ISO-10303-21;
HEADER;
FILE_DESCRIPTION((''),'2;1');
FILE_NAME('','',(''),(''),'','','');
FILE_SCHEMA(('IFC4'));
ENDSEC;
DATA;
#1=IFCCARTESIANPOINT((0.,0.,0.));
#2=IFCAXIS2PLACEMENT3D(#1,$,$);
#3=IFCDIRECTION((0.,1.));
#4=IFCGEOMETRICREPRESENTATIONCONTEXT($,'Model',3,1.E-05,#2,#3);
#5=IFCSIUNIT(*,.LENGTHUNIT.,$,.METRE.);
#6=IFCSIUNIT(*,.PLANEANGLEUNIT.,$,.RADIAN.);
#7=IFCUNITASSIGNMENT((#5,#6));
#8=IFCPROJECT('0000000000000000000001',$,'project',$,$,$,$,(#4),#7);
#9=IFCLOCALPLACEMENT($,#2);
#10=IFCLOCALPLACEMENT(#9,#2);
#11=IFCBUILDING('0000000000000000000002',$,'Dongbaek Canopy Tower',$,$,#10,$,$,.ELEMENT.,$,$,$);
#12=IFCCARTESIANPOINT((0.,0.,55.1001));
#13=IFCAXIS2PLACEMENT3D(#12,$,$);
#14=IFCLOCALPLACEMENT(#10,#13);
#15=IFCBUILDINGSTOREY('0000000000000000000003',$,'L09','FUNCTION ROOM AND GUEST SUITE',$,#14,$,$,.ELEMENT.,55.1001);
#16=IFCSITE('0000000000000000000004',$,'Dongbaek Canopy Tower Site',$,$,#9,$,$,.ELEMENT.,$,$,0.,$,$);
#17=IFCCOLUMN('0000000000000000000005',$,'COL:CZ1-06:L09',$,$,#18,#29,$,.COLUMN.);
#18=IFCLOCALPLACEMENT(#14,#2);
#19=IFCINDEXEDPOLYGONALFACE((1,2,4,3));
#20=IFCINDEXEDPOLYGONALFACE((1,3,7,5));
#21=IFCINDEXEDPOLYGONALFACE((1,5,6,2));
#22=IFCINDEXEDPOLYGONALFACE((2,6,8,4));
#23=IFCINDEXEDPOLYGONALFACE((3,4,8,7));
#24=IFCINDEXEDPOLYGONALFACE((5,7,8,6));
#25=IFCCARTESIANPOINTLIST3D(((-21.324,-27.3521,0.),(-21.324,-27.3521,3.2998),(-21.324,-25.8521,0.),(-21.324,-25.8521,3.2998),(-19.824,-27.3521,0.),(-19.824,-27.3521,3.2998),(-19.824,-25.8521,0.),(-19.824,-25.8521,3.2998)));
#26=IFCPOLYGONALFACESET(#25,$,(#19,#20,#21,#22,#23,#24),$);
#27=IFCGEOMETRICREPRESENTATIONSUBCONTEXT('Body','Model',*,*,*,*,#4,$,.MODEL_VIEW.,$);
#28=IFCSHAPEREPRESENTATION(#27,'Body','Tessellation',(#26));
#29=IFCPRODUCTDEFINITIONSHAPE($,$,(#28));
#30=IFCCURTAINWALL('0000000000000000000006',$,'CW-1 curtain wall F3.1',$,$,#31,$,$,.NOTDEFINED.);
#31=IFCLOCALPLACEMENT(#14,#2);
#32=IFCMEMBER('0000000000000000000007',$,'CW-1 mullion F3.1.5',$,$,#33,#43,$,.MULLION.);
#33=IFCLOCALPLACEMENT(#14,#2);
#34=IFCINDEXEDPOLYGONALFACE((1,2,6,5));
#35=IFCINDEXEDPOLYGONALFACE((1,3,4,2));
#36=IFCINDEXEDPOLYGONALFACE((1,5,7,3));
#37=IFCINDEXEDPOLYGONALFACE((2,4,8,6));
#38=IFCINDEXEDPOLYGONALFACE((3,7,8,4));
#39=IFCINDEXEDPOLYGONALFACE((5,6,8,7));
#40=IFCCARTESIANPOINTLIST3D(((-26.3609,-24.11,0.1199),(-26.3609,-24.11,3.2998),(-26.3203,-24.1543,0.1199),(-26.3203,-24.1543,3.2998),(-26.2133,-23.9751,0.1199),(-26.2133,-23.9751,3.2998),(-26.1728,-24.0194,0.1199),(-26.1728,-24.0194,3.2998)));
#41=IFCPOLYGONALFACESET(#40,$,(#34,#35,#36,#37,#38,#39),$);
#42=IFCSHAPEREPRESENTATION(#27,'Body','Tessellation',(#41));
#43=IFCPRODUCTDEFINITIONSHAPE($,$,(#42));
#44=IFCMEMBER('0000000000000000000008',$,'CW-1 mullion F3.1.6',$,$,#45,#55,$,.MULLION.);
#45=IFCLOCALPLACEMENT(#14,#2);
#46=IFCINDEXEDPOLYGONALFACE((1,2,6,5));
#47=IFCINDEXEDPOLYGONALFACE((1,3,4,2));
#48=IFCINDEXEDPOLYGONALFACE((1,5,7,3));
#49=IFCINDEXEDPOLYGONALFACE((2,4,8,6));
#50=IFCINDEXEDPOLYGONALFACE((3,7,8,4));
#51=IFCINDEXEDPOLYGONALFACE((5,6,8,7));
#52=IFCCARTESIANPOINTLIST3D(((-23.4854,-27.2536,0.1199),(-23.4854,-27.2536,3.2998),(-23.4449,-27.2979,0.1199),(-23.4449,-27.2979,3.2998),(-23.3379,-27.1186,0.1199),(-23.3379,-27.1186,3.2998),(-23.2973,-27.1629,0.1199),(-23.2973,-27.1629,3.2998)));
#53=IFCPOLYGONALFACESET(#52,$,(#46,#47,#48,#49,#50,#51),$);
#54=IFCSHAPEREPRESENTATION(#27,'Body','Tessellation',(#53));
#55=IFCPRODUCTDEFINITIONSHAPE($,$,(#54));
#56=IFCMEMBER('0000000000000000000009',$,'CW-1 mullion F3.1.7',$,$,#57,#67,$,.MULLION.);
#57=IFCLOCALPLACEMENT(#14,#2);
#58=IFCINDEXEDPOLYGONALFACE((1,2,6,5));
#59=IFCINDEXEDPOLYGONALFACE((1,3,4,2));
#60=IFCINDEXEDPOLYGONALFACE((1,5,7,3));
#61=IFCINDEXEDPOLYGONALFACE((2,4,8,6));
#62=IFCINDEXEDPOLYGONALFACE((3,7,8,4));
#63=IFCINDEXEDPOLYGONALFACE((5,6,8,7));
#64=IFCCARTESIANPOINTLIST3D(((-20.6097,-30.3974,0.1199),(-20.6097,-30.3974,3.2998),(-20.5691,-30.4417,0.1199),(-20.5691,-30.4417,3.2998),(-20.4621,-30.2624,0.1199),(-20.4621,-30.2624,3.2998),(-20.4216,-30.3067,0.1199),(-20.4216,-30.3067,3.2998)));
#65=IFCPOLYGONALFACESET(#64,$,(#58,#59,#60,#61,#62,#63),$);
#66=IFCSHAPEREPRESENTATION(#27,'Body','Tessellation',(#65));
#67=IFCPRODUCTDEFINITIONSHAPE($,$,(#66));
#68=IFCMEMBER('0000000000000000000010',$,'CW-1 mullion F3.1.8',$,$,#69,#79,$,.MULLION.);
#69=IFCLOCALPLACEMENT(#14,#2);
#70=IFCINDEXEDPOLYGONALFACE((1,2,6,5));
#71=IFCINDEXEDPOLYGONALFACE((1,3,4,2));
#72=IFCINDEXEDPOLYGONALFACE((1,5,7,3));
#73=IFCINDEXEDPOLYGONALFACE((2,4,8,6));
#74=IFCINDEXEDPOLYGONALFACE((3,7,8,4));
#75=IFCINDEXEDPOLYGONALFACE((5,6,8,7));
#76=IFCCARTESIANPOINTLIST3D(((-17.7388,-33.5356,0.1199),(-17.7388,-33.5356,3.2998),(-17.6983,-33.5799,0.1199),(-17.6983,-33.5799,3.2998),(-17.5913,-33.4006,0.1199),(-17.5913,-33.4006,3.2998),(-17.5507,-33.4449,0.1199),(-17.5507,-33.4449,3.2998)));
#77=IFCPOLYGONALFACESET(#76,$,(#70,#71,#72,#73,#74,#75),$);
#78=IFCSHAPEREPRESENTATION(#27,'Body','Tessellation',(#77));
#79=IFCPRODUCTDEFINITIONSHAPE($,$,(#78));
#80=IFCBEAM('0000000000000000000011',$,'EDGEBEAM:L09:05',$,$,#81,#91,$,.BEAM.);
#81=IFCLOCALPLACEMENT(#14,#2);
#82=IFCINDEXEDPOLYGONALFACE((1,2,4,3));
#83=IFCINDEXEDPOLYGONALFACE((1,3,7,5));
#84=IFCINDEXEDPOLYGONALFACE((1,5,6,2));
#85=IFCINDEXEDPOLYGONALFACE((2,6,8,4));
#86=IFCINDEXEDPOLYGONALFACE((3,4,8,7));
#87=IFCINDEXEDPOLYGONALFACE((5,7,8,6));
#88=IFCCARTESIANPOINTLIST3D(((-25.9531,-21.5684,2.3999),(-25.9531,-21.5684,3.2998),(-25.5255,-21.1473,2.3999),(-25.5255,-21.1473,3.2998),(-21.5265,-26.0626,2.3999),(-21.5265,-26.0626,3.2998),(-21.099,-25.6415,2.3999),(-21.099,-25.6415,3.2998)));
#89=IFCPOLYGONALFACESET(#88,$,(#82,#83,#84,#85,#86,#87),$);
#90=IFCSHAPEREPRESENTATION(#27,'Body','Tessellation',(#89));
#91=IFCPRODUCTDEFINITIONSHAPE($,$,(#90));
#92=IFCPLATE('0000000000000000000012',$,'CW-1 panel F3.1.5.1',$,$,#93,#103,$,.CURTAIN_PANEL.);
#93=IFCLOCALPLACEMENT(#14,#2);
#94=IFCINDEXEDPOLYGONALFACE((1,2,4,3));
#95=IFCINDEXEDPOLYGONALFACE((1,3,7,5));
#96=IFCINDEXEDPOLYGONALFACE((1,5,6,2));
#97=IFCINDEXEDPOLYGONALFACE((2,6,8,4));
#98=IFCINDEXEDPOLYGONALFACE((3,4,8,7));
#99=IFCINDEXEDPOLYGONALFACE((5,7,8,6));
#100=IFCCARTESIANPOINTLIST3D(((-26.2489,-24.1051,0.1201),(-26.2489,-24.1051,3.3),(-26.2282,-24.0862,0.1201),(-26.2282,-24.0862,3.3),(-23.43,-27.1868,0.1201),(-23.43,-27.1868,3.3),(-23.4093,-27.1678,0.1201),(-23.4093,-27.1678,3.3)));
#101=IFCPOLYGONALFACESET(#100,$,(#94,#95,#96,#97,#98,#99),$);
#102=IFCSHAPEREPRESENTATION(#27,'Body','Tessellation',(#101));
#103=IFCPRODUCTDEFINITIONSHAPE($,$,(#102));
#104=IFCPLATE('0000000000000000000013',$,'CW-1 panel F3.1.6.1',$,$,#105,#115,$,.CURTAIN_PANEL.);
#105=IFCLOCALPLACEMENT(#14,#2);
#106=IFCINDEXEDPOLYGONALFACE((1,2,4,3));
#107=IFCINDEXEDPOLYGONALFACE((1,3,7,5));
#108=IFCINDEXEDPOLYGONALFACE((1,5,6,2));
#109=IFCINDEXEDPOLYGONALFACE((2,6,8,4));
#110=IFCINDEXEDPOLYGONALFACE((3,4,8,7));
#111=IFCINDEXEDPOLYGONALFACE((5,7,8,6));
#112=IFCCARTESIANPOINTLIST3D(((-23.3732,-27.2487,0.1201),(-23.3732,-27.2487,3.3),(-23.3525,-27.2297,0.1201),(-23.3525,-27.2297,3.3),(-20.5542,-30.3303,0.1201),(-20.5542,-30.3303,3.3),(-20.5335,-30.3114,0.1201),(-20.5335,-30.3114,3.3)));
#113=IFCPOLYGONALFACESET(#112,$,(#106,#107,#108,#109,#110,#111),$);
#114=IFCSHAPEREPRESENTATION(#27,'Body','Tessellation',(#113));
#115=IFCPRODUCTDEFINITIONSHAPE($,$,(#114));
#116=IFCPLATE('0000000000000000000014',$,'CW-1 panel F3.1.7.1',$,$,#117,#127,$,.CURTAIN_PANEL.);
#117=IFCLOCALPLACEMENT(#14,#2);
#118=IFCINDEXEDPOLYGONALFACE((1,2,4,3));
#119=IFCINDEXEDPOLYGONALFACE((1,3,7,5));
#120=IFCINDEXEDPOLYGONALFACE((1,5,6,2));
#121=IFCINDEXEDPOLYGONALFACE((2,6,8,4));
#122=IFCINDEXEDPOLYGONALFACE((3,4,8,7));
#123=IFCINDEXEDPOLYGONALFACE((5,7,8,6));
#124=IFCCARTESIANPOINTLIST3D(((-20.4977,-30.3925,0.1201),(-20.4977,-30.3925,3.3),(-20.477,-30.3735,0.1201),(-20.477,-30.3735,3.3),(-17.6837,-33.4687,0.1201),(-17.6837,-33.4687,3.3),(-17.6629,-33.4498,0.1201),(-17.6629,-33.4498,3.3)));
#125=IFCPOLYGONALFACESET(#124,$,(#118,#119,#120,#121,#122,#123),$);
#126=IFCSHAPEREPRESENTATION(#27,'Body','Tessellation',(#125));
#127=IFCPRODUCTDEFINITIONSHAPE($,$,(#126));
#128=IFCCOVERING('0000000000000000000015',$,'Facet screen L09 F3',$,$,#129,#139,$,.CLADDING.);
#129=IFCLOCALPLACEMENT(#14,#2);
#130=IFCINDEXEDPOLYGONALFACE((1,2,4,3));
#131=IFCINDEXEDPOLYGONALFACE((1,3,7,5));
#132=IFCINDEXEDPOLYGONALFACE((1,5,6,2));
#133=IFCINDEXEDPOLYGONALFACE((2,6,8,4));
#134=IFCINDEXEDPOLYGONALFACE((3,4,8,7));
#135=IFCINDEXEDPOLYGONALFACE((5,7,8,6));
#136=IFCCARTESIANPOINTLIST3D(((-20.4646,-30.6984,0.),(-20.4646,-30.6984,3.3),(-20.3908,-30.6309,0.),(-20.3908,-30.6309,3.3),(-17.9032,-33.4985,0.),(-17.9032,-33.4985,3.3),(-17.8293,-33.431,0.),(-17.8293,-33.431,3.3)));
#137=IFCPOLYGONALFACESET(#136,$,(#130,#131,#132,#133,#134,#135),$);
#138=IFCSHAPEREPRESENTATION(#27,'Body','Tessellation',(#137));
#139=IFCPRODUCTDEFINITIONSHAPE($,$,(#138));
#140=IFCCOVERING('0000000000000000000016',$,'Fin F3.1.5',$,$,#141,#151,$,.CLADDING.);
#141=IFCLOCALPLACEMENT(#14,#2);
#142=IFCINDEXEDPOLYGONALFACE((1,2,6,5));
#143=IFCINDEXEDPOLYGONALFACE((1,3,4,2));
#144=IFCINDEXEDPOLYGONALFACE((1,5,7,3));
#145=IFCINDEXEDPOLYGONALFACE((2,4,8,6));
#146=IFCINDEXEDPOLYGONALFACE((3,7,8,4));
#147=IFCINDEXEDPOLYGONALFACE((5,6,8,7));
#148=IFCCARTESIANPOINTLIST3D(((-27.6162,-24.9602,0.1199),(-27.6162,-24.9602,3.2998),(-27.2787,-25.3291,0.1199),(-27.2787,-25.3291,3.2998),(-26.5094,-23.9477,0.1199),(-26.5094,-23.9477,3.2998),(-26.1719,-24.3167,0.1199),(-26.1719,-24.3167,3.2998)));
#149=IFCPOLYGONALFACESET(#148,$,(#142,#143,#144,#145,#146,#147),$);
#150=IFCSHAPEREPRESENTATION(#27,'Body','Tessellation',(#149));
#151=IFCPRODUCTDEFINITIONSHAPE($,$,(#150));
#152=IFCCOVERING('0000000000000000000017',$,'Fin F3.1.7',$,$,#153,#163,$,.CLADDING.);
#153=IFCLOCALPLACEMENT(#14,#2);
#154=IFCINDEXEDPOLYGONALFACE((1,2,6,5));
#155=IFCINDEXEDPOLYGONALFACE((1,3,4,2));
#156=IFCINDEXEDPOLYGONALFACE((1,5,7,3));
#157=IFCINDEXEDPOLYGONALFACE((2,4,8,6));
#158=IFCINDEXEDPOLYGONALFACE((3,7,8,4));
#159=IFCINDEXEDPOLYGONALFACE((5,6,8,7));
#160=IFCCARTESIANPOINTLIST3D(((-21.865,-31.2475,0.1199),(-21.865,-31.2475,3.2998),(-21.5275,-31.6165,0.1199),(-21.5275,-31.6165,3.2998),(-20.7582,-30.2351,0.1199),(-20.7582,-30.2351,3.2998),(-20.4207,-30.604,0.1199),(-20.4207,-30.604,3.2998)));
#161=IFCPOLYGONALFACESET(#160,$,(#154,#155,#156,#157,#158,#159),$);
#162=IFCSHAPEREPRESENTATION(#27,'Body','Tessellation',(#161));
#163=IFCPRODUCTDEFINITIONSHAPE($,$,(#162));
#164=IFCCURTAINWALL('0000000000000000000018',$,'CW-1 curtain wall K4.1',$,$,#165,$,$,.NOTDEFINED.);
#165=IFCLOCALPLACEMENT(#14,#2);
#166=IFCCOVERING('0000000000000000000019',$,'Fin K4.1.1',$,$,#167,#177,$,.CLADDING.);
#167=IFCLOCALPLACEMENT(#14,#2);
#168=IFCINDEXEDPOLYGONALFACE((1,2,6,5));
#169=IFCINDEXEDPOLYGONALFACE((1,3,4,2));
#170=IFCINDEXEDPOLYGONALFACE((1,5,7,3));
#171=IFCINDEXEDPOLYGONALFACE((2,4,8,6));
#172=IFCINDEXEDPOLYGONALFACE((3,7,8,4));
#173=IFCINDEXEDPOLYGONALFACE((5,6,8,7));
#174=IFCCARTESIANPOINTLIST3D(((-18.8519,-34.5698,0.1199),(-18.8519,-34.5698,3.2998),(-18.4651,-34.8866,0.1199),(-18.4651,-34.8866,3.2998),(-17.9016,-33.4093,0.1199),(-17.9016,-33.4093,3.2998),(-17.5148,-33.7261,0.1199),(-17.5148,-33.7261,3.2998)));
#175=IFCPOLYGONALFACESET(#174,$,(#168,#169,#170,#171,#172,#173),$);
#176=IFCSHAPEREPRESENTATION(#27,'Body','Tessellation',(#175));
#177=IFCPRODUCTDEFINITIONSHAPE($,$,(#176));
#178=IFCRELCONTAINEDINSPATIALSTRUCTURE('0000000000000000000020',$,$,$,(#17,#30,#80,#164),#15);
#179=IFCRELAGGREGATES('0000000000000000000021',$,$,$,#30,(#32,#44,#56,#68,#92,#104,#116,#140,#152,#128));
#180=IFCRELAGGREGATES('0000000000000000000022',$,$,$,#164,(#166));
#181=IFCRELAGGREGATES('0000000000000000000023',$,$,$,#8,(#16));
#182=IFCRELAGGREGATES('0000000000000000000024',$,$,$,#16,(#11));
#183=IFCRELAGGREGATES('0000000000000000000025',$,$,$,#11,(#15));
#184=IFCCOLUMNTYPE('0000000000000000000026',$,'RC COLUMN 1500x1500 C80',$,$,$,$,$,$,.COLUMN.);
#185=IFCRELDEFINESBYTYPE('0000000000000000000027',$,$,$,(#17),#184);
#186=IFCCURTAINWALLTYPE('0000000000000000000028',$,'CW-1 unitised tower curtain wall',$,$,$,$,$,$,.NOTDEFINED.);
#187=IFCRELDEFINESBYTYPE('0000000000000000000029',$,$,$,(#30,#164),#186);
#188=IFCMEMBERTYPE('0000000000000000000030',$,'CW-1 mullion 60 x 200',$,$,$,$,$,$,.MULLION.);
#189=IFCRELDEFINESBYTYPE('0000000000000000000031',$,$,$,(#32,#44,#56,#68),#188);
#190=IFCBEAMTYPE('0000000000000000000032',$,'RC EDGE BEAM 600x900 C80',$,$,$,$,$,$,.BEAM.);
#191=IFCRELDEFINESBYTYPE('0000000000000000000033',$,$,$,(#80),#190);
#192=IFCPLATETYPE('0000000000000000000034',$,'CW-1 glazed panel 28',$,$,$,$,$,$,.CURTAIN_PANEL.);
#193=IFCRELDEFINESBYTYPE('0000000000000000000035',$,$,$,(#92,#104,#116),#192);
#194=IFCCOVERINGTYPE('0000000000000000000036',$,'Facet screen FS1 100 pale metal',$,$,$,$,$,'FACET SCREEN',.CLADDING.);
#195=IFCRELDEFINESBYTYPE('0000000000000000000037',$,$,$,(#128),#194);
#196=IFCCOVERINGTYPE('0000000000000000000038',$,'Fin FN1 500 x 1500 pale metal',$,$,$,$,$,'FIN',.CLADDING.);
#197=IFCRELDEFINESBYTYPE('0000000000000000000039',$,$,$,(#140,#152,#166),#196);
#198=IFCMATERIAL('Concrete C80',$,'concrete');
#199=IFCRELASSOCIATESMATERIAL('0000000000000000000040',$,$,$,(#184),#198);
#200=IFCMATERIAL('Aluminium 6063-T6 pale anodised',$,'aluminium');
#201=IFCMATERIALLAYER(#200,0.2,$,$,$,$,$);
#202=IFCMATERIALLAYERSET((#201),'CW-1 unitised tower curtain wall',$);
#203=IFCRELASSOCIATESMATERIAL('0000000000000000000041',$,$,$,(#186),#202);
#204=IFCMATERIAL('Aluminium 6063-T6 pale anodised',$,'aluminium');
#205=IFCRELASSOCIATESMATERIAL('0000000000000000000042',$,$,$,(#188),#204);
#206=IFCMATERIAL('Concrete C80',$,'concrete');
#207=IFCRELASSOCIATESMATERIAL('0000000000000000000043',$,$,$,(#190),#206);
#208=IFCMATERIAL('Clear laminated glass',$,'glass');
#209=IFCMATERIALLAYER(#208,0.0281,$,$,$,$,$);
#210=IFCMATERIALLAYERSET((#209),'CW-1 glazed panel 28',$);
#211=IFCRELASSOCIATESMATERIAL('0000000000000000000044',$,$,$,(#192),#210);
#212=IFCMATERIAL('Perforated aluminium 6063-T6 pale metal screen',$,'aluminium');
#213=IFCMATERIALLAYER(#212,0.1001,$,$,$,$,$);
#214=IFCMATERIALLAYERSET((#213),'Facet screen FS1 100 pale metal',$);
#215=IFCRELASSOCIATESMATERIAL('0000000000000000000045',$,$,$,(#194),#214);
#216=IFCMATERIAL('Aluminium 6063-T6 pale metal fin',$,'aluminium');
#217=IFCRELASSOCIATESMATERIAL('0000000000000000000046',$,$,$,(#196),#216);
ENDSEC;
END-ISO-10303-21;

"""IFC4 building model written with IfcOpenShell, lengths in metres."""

from ifc_helpers import new_model, si_unit, direction, frame, origin, origin_2d, place, context, subcontext, project, spatial, rectangle, extrude, material, layer, layer_set, material_profile, profile_set, type_object, element, aggregate, save


model = new_model("IFC4")

# Units and contexts
model_context = context("Model", 3, precision=1e-05, world=origin(), true_north=direction((0.0, 1.0)))
body_context = subcontext(model_context, "Body", "Model", "MODEL_VIEW")
ifc_project = project(units=[si_unit("LENGTHUNIT", "METRE"), si_unit("PLANEANGLEUNIT", "RADIAN")], contexts=[model_context])

# Site, building, storey
site_placement = place(None, origin())
site = spatial("IfcSite", under=ifc_project, at=site_placement, Name="Dongbaek Canopy Tower Site", CompositionType="ELEMENT", RefElevation=0.0)
building_placement = place(site_placement, origin())
building = spatial("IfcBuilding", under=site, at=building_placement, Name="Dongbaek Canopy Tower", CompositionType="ELEMENT")
storey_placement = place(building_placement, frame((0.0, 0.0, 55.1001)))
storey = spatial("IfcBuildingStorey", under=building, at=storey_placement, Name="L09", Description="FUNCTION ROOM AND GUEST SUITE", CompositionType="ELEMENT", Elevation=55.1001)

# Column
ifc_material_1 = material(Name="Concrete C80", Category="concrete")
ifc_material_profile_1 = material_profile(ifc_material_1, rectangle(XDim=1.5, YDim=1.5, at=origin_2d()), Name="RC COLUMN 1500x1500 C80")
ifc_profile_set_1 = profile_set([ifc_material_profile_1], Name="Concrete C80")
column_type = type_object("IfcColumnType", Name="RC COLUMN 1500x1500 C80", PredefinedType="COLUMN", material=ifc_profile_set_1)
column_placement = place(storey_placement, frame((-20.574, -26.6021, 0.0), z_axis=(0.0, 0.0, 1.0), x_axis=(1.0, 0.0, 0.0)))
element("IfcColumn", 1, at=column_placement, inside=storey, type_object=column_type, Name="COL:CZ1-06:L09", PredefinedType="COLUMN", context=body_context, shape_type="SweptSolid", body=[
    extrude(rectangle(XDim=1.5, YDim=1.5, at=origin_2d()), origin(), (0.0, 0.0, 1.0), 3.2998),
])

# Curtain wall, members
ifc_material_2 = material(Name="Aluminium 6063-T6 pale anodised", Category="aluminium")
ifc_layer_1 = layer(ifc_material_2, 0.2)
ifc_layer_set_1 = layer_set([ifc_layer_1], Name="CW-1 unitised tower curtain wall")
curtain_wall_type = type_object("IfcCurtainWallType", Name="CW-1 unitised tower curtain wall", PredefinedType="NOTDEFINED", material=ifc_layer_set_1)
curtain_wall_1_placement = place(storey_placement, origin())
curtain_wall_1 = element("IfcCurtainWall", 2, at=curtain_wall_1_placement, inside=storey, type_object=curtain_wall_type, Name="CW-1 curtain wall F3.1", PredefinedType="NOTDEFINED")
ifc_material_3 = material(Name="Aluminium 6063-T6 pale anodised", Category="aluminium")
ifc_material_profile_2 = material_profile(ifc_material_3, rectangle(XDim=0.2, YDim=0.0601, at=origin_2d()), Name="CW-1 mullion 60 x 200")
ifc_profile_set_2 = profile_set([ifc_material_profile_2], Name="Aluminium 6063-T6 pale anodised")
member_type = type_object("IfcMemberType", Name="CW-1 mullion 60 x 200", PredefinedType="MULLION", material=ifc_profile_set_2)
member_1_placement = place(storey_placement, frame((-26.2668, -24.0647, 0.1199), z_axis=(0.0, 0.0, 1.0), x_axis=(-0.737855, -0.674959, 0.0)))
member_1 = element("IfcMember", 3, at=member_1_placement, type_object=member_type, Name="CW-1 mullion F3.1.5", PredefinedType="MULLION", context=body_context, shape_type="SweptSolid", body=[
    extrude(rectangle(XDim=0.2, YDim=0.0601, at=origin_2d()), origin(), (0.0, 0.0, 1.0), 3.1799),
])
member_2_placement = place(storey_placement, frame((-23.3914, -27.2083, 0.1199), z_axis=(0.0, 0.0, 1.0), x_axis=(-0.737855, -0.674959, 0.0)))
member_2 = element("IfcMember", 4, at=member_2_placement, type_object=member_type, Name="CW-1 mullion F3.1.6", PredefinedType="MULLION", context=body_context, shape_type="SweptSolid", body=[
    extrude(rectangle(XDim=0.2, YDim=0.0601, at=origin_2d()), origin(), (0.0, 0.0, 1.0), 3.1799),
])
member_3_placement = place(storey_placement, frame((-20.5156, -30.3521, 0.1199), z_axis=(0.0, 0.0, 1.0), x_axis=(-0.737855, -0.674959, 0.0)))
member_3 = element("IfcMember", 5, at=member_3_placement, type_object=member_type, Name="CW-1 mullion F3.1.7", PredefinedType="MULLION", context=body_context, shape_type="SweptSolid", body=[
    extrude(rectangle(XDim=0.2, YDim=0.0601, at=origin_2d()), origin(), (0.0, 0.0, 1.0), 3.1799),
])
member_4_placement = place(storey_placement, frame((-17.6448, -33.4902, 0.1199), z_axis=(0.0, 0.0, 1.0), x_axis=(-0.737855, -0.674959, 0.0)))
member_4 = element("IfcMember", 6, at=member_4_placement, type_object=member_type, Name="CW-1 mullion F3.1.8", PredefinedType="MULLION", context=body_context, shape_type="SweptSolid", body=[
    extrude(rectangle(XDim=0.2, YDim=0.0601, at=origin_2d()), origin(), (0.0, 0.0, 1.0), 3.1799),
])

# Beam
ifc_material_4 = material(Name="Concrete C80", Category="concrete")
ifc_material_profile_3 = material_profile(ifc_material_4, rectangle(XDim=0.6001, YDim=0.8999, at=origin_2d()), Name="RC EDGE BEAM 600x900 C80")
ifc_profile_set_3 = profile_set([ifc_material_profile_3], Name="Concrete C80")
beam_type = type_object("IfcBeamType", Name="RC EDGE BEAM 600x900 C80", PredefinedType="BEAM", material=ifc_profile_set_3)
beam_placement = place(storey_placement, frame((-21.3127, -25.8521, 2.8499), z_axis=(-0.701726, 0.712447, 0.0), x_axis=(-0.712447, -0.701726, 0.0)))
element("IfcBeam", 7, at=beam_placement, inside=storey, type_object=beam_type, Name="EDGEBEAM:L09:05", PredefinedType="BEAM", context=body_context, shape_type="SweptSolid", body=[
    extrude(rectangle(XDim=0.6001, YDim=0.8999, at=origin_2d()), origin(), (0.0, 0.0, 1.0), 6.3081),
])

# Plates
ifc_material_5 = material(Name="Clear laminated glass", Category="glass")
ifc_layer_2 = layer(ifc_material_5, 0.0281)
ifc_layer_set_2 = layer_set([ifc_layer_2], Name="CW-1 glazed panel 28")
plate_type = type_object("IfcPlateType", Name="CW-1 glazed panel 28", PredefinedType="CURTAIN_PANEL", material=ifc_layer_set_2)
plate_1_placement = place(storey_placement, frame((-24.8291, -25.6365, 0.1201), z_axis=(0.0, 0.0, 1.0), x_axis=(0.674959, -0.737855, 0.0)))
plate_1 = element("IfcPlate", 8, at=plate_1_placement, type_object=plate_type, Name="CW-1 panel F3.1.5.1", PredefinedType="CURTAIN_PANEL", context=body_context, shape_type="SweptSolid", body=[
    extrude(rectangle(XDim=4.1765, YDim=0.0281, at=origin_2d()), origin(), (0.0, 0.0, 1.0), 3.1799),
])
plate_2_placement = place(storey_placement, frame((-21.9534, -28.78, 0.1201), z_axis=(0.0, 0.0, 1.0), x_axis=(0.674959, -0.737855, 0.0)))
plate_2 = element("IfcPlate", 9, at=plate_2_placement, type_object=plate_type, Name="CW-1 panel F3.1.6.1", PredefinedType="CURTAIN_PANEL", context=body_context, shape_type="SweptSolid", body=[
    extrude(rectangle(XDim=4.1765, YDim=0.0281, at=origin_2d()), origin(), (0.0, 0.0, 1.0), 3.1799),
])
plate_3_placement = place(storey_placement, frame((-19.0803, -31.9211, 0.1201), z_axis=(0.0, 0.0, 1.0), x_axis=(0.674959, -0.737855, 0.0)))
plate_3 = element("IfcPlate", 10, at=plate_3_placement, type_object=plate_type, Name="CW-1 panel F3.1.7.1", PredefinedType="CURTAIN_PANEL", context=body_context, shape_type="SweptSolid", body=[
    extrude(rectangle(XDim=4.1692, YDim=0.0281, at=origin_2d()), origin(), (0.0, 0.0, 1.0), 3.1799),
])

# Coverings
ifc_material_6 = material(Name="Perforated aluminium 6063-T6 pale metal screen", Category="aluminium")
ifc_layer_3 = layer(ifc_material_6, 0.1001)
ifc_layer_set_3 = layer_set([ifc_layer_3], Name="Facet screen FS1 100 pale metal")
covering_type_1 = type_object("IfcCoveringType", Name="Facet screen FS1 100 pale metal", ElementType="FACET SCREEN", PredefinedType="CLADDING", material=ifc_layer_set_3)
covering_1_placement = place(storey_placement, frame((-19.147, -32.0647, 0.0), z_axis=(0.0, 0.0, 1.0), x_axis=(0.674959, -0.737855, 0.0)))
covering_1 = element("IfcCovering", 11, at=covering_1_placement, type_object=covering_type_1, Name="Facet screen L09 F3", PredefinedType="CLADDING", context=body_context, shape_type="SweptSolid", body=[
    extrude(rectangle(XDim=3.7949, YDim=0.1001, at=origin_2d()), origin(), (0.0, 0.0, 1.0), 3.3),
])
ifc_material_7 = material(Name="Aluminium 6063-T6 pale metal fin", Category="aluminium")
ifc_material_profile_4 = material_profile(ifc_material_7, rectangle(XDim=1.5, YDim=0.5, at=origin_2d()), Name="Fin FN1 500 x 1500 pale metal")
ifc_profile_set_4 = profile_set([ifc_material_profile_4], Name="Aluminium 6063-T6 pale metal fin")
covering_type_2 = type_object("IfcCoveringType", Name="Fin FN1 500 x 1500 pale metal", ElementType="FIN", PredefinedType="CLADDING", material=ifc_profile_set_4)
covering_2_placement = place(storey_placement, frame((-26.894, -24.6384, 0.1199), z_axis=(0.0, 0.0, 1.0), x_axis=(-0.737855, -0.674959, 0.0)))
covering_2 = element("IfcCovering", 12, at=covering_2_placement, type_object=covering_type_2, Name="Fin F3.1.5", PredefinedType="CLADDING", context=body_context, shape_type="SweptSolid", body=[
    extrude(rectangle(XDim=1.5, YDim=0.5, at=origin_2d()), origin(), (0.0, 0.0, 1.0), 3.1799),
])
covering_3_placement = place(storey_placement, frame((-21.1428, -30.9258, 0.1199), z_axis=(0.0, 0.0, 1.0), x_axis=(-0.737855, -0.674959, 0.0)))
covering_3 = element("IfcCovering", 13, at=covering_3_placement, type_object=covering_type_2, Name="Fin F3.1.7", PredefinedType="CLADDING", context=body_context, shape_type="SweptSolid", body=[
    extrude(rectangle(XDim=1.5, YDim=0.5, at=origin_2d()), origin(), (0.0, 0.0, 1.0), 3.1799),
])
aggregate(curtain_wall_1, [member_1, member_2, member_3, member_4, plate_1, plate_2, plate_3, covering_2, covering_3, covering_1])

# Curtain wall, covering
curtain_wall_2_placement = place(storey_placement, origin())
curtain_wall_2 = element("IfcCurtainWall", 14, at=curtain_wall_2_placement, inside=storey, type_object=curtain_wall_type, Name="CW-1 curtain wall K4.1", PredefinedType="NOTDEFINED")
covering_4_placement = place(storey_placement, frame((-18.1833, -34.1479, 0.1199), z_axis=(0.0, 0.0, 1.0), x_axis=(-0.633548, -0.773703, 0.0)))
covering_4 = element("IfcCovering", 15, at=covering_4_placement, type_object=covering_type_2, Name="Fin K4.1.1", PredefinedType="CLADDING", context=body_context, shape_type="SweptSolid", body=[
    extrude(rectangle(XDim=1.5, YDim=0.5, at=origin_2d()), origin(), (0.0, 0.0, 1.0), 3.1799),
])
aggregate(curtain_wall_2, [covering_4])

save(model, "model.ifc")
